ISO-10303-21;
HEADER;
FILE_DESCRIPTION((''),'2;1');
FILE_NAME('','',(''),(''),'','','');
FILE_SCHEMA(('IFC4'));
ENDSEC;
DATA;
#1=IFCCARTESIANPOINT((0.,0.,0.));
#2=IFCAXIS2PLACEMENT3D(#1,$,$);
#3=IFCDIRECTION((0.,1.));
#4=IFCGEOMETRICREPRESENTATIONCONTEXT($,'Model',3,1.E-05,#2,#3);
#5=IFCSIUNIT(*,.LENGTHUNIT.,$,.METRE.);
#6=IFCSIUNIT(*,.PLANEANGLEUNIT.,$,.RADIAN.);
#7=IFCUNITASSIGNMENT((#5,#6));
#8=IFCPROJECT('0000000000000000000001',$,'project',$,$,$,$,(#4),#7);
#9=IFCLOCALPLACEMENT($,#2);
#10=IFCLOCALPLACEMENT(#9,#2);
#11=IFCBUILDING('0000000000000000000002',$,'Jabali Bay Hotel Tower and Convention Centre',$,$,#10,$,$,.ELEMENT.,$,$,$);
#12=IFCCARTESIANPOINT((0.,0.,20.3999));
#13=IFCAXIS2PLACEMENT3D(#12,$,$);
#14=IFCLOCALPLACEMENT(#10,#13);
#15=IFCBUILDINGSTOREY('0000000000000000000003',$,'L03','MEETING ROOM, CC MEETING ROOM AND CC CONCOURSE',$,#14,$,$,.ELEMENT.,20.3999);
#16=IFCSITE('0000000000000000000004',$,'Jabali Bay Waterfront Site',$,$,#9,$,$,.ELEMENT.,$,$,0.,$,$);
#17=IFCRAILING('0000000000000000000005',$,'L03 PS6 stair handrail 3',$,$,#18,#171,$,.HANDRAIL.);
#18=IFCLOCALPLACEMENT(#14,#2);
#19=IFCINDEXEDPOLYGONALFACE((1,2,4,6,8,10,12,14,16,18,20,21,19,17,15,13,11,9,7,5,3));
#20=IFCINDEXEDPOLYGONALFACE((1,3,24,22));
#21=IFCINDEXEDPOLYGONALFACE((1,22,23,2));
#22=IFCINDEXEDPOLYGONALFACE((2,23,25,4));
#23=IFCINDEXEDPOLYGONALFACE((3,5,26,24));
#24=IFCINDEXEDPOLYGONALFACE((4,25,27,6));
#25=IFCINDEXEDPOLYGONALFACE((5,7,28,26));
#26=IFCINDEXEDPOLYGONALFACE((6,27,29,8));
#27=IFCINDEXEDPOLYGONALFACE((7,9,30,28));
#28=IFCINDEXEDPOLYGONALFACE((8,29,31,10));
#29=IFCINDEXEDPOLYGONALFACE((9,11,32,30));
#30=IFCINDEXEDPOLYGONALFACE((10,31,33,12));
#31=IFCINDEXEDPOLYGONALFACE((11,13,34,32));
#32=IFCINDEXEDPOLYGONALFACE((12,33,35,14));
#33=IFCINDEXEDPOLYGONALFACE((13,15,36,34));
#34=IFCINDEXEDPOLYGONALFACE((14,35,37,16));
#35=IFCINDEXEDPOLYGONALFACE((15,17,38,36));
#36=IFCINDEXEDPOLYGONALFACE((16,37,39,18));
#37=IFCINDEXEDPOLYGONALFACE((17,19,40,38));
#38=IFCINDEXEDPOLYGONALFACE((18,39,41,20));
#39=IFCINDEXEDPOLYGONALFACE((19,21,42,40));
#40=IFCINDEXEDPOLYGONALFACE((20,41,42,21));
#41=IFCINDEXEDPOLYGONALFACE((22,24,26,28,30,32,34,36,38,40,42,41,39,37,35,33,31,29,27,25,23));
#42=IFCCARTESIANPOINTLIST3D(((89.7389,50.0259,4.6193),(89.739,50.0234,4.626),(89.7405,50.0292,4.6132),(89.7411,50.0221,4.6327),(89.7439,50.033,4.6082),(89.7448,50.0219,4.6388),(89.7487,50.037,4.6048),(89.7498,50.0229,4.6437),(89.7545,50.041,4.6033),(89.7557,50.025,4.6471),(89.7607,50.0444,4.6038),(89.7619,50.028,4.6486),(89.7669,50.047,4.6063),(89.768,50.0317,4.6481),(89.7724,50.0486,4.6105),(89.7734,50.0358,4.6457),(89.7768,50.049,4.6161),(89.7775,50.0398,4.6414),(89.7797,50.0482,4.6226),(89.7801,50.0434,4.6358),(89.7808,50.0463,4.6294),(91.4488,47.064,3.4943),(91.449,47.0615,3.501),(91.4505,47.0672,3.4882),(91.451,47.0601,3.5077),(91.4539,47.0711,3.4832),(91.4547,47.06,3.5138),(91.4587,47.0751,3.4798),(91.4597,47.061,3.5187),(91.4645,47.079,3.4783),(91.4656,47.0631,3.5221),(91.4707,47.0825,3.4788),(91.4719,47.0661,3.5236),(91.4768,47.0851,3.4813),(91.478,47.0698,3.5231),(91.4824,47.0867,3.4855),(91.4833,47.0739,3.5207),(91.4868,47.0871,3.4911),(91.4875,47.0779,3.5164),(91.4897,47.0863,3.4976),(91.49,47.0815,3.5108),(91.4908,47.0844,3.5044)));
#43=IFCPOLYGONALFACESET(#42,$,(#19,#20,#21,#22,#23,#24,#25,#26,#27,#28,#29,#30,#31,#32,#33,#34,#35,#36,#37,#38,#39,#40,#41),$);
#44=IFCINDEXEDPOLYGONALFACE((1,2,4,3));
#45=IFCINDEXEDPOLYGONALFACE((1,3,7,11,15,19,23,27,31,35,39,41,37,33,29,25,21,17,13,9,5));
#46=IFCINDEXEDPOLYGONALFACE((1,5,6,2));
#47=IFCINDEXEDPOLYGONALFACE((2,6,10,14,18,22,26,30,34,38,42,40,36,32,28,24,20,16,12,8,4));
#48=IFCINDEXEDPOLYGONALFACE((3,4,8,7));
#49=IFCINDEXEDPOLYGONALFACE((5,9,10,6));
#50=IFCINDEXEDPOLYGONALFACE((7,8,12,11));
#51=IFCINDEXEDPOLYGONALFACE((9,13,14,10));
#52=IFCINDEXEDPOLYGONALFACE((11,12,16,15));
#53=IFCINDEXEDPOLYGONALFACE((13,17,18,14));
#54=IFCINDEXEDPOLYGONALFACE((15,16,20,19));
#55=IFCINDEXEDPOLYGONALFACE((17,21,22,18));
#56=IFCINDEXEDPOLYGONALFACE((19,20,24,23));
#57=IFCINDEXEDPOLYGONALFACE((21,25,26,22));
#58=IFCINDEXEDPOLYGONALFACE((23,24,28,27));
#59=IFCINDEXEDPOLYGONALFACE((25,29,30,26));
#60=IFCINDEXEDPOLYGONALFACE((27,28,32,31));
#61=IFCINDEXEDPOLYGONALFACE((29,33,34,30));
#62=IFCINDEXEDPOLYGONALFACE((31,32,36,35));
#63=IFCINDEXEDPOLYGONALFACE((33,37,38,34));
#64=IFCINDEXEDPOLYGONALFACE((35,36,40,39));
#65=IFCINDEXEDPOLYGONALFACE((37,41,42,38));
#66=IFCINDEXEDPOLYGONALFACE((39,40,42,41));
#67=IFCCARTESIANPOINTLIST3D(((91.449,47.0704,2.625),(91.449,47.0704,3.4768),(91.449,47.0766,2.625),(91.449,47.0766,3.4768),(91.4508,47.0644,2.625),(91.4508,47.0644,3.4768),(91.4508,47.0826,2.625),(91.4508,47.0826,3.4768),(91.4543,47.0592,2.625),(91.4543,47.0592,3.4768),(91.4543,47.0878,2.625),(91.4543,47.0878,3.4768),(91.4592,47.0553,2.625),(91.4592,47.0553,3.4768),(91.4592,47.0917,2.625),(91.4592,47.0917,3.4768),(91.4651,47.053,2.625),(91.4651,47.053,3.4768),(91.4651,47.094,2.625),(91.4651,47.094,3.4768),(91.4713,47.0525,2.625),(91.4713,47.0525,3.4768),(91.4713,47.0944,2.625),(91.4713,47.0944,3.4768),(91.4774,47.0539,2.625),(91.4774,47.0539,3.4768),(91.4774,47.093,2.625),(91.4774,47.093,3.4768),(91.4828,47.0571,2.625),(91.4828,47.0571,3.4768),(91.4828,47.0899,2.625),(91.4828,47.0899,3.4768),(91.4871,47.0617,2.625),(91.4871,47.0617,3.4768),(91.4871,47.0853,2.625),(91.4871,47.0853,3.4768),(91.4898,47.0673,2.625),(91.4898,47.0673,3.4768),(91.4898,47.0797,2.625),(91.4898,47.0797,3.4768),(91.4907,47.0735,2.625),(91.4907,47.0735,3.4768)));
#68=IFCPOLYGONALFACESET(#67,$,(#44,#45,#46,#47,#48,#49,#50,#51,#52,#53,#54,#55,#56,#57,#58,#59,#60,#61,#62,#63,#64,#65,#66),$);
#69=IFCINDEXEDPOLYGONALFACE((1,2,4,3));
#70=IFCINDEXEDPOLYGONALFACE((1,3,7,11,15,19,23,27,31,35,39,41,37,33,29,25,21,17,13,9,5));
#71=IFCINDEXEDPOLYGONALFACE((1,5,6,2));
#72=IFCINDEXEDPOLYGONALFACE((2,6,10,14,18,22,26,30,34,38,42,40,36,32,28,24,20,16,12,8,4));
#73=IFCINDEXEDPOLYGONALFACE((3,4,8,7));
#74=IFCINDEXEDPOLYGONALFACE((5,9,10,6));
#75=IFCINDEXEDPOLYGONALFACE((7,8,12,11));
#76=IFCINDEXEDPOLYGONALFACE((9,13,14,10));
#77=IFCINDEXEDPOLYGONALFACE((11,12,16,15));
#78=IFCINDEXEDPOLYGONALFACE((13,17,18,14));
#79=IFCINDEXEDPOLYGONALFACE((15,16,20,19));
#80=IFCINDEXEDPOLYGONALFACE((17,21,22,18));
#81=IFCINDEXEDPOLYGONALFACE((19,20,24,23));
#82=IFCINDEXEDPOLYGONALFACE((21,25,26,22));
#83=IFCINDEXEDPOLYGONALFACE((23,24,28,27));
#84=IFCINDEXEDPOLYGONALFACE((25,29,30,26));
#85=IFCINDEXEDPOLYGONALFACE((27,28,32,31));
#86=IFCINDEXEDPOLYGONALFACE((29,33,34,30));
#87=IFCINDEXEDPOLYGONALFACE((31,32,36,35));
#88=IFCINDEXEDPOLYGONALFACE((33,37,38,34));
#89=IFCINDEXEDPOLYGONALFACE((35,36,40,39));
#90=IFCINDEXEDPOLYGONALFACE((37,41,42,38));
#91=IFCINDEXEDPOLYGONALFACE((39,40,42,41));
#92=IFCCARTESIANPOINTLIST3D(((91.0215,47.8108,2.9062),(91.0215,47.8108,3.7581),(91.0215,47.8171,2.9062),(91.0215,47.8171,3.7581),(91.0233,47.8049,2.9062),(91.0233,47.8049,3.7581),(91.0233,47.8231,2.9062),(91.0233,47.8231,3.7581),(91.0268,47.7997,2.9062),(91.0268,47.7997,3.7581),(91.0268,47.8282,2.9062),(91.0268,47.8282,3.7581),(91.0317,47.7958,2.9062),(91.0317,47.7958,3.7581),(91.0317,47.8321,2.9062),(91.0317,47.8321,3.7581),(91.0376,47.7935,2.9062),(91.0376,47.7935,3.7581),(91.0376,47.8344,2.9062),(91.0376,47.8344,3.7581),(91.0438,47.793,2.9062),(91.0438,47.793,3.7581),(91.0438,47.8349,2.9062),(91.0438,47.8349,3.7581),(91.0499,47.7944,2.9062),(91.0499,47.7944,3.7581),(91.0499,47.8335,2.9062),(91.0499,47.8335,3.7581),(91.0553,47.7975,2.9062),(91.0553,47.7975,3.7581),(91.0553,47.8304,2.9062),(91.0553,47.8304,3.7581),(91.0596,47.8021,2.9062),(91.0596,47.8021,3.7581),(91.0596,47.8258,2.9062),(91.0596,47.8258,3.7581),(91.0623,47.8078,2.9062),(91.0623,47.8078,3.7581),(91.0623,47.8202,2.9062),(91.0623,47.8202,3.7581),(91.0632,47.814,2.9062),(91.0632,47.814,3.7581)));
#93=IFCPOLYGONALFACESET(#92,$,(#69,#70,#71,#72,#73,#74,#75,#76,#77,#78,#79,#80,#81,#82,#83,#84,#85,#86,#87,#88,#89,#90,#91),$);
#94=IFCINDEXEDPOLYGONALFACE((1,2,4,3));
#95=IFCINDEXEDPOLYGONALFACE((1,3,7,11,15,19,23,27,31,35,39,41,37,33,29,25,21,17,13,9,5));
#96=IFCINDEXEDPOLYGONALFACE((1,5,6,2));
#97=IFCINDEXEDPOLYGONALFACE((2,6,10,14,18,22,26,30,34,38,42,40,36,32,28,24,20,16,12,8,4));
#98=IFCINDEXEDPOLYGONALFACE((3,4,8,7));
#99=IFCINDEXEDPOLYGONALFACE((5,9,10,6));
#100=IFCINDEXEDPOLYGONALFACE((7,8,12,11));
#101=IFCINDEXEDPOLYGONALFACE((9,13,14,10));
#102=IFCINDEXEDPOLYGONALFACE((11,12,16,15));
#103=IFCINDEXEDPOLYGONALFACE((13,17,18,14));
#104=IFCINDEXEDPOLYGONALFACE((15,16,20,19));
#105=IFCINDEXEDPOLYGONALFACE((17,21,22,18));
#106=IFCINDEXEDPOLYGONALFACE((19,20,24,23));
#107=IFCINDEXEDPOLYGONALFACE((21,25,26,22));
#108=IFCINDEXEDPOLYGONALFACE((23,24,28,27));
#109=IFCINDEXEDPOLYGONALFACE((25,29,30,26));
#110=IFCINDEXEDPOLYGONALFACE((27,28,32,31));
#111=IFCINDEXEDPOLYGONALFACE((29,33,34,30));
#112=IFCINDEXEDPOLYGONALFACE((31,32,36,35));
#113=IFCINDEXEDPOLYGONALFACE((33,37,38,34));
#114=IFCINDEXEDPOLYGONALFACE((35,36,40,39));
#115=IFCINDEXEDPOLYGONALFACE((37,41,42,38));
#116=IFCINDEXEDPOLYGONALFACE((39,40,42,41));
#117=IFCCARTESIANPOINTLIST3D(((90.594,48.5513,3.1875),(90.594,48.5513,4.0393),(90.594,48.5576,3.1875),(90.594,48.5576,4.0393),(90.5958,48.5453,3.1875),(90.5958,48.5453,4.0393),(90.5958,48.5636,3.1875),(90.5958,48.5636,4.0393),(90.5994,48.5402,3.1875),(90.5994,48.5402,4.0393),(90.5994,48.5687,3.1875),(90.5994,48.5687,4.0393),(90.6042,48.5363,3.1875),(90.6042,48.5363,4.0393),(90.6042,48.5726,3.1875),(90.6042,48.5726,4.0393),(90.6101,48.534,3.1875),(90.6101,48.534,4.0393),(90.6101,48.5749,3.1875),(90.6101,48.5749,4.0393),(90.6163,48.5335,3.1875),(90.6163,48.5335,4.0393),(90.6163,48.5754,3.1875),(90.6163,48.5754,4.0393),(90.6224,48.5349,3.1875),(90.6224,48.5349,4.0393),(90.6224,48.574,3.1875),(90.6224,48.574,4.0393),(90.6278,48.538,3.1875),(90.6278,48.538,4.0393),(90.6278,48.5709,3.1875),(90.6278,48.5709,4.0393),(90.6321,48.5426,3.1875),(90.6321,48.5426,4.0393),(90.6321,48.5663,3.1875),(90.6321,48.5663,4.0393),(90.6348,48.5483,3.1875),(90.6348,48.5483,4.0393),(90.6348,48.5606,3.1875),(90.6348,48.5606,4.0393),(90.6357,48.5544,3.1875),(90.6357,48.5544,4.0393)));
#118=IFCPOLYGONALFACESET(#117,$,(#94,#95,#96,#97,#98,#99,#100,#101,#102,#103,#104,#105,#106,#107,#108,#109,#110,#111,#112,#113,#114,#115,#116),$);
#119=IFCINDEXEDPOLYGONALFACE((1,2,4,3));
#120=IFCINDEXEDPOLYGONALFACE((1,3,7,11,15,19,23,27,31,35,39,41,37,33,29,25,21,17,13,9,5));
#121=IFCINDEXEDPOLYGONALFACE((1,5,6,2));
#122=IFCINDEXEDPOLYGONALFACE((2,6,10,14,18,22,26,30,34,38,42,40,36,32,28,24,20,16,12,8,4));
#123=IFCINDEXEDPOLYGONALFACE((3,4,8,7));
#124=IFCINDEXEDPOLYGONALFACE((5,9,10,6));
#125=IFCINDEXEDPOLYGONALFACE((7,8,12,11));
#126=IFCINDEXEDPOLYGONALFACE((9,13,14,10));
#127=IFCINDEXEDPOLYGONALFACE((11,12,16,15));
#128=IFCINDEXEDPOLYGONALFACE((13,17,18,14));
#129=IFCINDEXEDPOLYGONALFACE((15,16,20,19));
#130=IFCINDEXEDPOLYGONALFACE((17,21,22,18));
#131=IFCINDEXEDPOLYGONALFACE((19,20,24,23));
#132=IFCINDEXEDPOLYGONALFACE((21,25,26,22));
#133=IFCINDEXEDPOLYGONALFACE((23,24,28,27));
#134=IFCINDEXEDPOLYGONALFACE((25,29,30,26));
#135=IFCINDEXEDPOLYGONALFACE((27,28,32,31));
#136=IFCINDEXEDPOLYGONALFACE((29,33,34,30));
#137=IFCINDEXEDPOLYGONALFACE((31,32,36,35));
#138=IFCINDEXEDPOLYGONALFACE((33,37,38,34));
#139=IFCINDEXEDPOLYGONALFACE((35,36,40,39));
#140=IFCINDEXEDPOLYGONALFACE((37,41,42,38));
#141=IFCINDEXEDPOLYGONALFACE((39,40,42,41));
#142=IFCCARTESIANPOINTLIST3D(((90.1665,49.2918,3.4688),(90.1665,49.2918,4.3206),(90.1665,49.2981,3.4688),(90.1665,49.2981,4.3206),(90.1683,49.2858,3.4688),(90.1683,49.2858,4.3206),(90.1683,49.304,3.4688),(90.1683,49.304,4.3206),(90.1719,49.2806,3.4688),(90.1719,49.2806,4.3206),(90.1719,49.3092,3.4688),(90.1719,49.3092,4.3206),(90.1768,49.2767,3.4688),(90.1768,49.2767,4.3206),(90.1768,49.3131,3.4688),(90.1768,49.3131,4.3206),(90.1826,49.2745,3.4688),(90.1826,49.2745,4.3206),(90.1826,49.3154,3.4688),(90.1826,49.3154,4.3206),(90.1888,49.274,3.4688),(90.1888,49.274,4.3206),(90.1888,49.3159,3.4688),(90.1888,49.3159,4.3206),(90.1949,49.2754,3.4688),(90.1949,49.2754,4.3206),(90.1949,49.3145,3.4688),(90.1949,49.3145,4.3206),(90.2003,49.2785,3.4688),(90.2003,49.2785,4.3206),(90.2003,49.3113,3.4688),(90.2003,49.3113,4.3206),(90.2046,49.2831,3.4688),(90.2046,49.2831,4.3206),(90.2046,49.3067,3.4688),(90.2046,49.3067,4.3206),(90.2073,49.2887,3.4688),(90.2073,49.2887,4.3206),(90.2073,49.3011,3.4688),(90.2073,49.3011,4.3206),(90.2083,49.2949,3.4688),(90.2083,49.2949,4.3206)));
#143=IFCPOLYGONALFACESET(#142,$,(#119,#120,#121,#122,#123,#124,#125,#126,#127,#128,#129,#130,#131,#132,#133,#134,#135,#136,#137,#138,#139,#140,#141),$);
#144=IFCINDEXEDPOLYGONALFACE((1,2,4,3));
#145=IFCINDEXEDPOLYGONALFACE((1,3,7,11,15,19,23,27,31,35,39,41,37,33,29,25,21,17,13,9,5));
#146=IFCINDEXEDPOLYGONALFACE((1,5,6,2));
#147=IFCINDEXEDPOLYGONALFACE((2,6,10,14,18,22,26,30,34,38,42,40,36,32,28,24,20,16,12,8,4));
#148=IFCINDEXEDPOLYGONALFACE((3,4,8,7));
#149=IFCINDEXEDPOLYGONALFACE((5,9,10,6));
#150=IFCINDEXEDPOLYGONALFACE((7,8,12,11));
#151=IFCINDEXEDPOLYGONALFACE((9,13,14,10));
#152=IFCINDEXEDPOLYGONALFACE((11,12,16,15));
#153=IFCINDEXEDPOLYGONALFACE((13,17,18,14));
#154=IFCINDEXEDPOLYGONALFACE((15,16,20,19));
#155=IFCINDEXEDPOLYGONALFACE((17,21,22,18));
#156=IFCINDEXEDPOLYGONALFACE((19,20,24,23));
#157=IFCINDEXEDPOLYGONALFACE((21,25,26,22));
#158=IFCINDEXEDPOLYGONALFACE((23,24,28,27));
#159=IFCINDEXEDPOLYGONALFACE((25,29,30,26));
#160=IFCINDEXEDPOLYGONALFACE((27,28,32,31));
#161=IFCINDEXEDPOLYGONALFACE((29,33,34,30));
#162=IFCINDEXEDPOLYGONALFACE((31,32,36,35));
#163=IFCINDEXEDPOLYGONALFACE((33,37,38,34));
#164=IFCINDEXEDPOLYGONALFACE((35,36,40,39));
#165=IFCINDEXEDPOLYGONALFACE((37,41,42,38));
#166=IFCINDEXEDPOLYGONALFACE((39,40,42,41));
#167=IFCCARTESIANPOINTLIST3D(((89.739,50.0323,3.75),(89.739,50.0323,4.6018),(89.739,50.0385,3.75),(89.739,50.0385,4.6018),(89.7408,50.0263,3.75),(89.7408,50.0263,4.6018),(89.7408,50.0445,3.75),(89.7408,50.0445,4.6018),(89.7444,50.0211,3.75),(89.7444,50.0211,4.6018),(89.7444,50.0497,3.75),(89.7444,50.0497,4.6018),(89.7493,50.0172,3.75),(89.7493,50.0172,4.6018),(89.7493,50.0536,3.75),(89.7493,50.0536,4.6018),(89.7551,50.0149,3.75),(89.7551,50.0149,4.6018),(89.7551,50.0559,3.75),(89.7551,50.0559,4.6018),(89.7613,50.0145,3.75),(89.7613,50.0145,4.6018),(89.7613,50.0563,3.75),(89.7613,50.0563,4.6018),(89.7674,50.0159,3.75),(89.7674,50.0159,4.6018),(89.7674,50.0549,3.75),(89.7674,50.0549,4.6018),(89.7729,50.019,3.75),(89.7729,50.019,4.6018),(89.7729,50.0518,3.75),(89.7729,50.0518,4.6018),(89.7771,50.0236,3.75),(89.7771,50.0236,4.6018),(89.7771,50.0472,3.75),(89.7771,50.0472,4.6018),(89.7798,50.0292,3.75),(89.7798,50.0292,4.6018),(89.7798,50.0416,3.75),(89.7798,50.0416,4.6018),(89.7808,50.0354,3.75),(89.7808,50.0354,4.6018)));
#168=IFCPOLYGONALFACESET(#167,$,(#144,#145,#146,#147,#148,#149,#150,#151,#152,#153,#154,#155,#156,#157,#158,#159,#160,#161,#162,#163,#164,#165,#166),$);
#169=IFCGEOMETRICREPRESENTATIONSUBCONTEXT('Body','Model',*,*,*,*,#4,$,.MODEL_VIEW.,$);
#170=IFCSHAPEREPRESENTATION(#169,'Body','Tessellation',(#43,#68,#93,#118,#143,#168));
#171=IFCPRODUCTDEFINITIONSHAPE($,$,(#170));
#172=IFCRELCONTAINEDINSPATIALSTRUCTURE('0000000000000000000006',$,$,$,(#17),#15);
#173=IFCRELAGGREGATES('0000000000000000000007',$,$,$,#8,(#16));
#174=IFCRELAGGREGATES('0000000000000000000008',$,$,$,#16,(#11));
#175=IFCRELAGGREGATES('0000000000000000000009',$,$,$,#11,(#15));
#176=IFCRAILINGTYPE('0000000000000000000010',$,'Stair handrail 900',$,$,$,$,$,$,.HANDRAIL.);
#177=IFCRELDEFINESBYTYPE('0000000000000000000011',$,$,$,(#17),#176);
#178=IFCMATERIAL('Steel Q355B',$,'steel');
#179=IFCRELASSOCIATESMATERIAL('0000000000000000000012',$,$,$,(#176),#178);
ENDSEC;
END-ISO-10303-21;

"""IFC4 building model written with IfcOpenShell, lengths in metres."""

from ifc_helpers import new_model, si_unit, direction, frame, origin, origin_2d, place, context, subcontext, project, spatial, circle, extrude, material, type_object, element, save


model = new_model("IFC4")

# Units and contexts
model_context = context("Model", 3, precision=1e-05, world=origin(), true_north=direction((0.0, 1.0)))
body_context = subcontext(model_context, "Body", "Model", "MODEL_VIEW")
ifc_project = project(units=[si_unit("LENGTHUNIT", "METRE"), si_unit("PLANEANGLEUNIT", "RADIAN")], contexts=[model_context])

# Site, building, storey
site_placement = place(None, origin())
site = spatial("IfcSite", under=ifc_project, at=site_placement, Name="Jabali Bay Waterfront Site", CompositionType="ELEMENT", RefElevation=0.0)
building_placement = place(site_placement, origin())
building = spatial("IfcBuilding", under=site, at=building_placement, Name="Jabali Bay Hotel Tower and Convention Centre", CompositionType="ELEMENT")
storey_placement = place(building_placement, frame((0.0, 0.0, 20.3999)))
storey = spatial("IfcBuildingStorey", under=building, at=storey_placement, Name="L03", Description="MEETING ROOM, CC MEETING ROOM AND CC CONCOURSE", CompositionType="ELEMENT", Elevation=20.3999)

# Railing
ifc_material_1 = material(Name="Steel Q355B", Category="steel")
railing_type_1 = type_object("IfcRailingType", Name="Stair handrail 900", PredefinedType="HANDRAIL", material=ifc_material_1)
for number, where, name in (
    (1, (91.4697, 47.0735, 2.625), "L03 PS6 stair handrail 3"),
):
    element("IfcRailing", number, at=place(storey_placement, frame(where)), inside=storey, type_object=railing_type_1, Name=name, PredefinedType="HANDRAIL", context=body_context, shape_type="SweptSolid", body=[
        extrude(circle(Radius=0.0239, at=origin_2d()), frame((0.0, 0.0, 0.876), z_axis=(-0.474943, 0.822674, 0.31247), x_axis=(-0.866038, -0.499978, 0.0)), (0.0, 0.0, 1.0), 3.6003),
        extrude(circle(Radius=0.021, at=origin_2d()), origin(), (0.0, 0.0, 1.0), 0.8518),
        extrude(circle(Radius=0.021, at=origin_2d()), frame((-0.4275, 0.7405, 0.2812)), (0.0, 0.0, 1.0), 0.8518),
        extrude(circle(Radius=0.021, at=origin_2d()), frame((-0.855, 1.481, 0.5625)), (0.0, 0.0, 1.0), 0.8518),
        extrude(circle(Radius=0.021, at=origin_2d()), frame((-1.2825, 2.2214, 0.8438)), (0.0, 0.0, 1.0), 0.8518),
        extrude(circle(Radius=0.021, at=origin_2d()), frame((-1.71, 2.9619, 1.125)), (0.0, 0.0, 1.0), 0.8518),
    ])

save(model, "model.ifc")
